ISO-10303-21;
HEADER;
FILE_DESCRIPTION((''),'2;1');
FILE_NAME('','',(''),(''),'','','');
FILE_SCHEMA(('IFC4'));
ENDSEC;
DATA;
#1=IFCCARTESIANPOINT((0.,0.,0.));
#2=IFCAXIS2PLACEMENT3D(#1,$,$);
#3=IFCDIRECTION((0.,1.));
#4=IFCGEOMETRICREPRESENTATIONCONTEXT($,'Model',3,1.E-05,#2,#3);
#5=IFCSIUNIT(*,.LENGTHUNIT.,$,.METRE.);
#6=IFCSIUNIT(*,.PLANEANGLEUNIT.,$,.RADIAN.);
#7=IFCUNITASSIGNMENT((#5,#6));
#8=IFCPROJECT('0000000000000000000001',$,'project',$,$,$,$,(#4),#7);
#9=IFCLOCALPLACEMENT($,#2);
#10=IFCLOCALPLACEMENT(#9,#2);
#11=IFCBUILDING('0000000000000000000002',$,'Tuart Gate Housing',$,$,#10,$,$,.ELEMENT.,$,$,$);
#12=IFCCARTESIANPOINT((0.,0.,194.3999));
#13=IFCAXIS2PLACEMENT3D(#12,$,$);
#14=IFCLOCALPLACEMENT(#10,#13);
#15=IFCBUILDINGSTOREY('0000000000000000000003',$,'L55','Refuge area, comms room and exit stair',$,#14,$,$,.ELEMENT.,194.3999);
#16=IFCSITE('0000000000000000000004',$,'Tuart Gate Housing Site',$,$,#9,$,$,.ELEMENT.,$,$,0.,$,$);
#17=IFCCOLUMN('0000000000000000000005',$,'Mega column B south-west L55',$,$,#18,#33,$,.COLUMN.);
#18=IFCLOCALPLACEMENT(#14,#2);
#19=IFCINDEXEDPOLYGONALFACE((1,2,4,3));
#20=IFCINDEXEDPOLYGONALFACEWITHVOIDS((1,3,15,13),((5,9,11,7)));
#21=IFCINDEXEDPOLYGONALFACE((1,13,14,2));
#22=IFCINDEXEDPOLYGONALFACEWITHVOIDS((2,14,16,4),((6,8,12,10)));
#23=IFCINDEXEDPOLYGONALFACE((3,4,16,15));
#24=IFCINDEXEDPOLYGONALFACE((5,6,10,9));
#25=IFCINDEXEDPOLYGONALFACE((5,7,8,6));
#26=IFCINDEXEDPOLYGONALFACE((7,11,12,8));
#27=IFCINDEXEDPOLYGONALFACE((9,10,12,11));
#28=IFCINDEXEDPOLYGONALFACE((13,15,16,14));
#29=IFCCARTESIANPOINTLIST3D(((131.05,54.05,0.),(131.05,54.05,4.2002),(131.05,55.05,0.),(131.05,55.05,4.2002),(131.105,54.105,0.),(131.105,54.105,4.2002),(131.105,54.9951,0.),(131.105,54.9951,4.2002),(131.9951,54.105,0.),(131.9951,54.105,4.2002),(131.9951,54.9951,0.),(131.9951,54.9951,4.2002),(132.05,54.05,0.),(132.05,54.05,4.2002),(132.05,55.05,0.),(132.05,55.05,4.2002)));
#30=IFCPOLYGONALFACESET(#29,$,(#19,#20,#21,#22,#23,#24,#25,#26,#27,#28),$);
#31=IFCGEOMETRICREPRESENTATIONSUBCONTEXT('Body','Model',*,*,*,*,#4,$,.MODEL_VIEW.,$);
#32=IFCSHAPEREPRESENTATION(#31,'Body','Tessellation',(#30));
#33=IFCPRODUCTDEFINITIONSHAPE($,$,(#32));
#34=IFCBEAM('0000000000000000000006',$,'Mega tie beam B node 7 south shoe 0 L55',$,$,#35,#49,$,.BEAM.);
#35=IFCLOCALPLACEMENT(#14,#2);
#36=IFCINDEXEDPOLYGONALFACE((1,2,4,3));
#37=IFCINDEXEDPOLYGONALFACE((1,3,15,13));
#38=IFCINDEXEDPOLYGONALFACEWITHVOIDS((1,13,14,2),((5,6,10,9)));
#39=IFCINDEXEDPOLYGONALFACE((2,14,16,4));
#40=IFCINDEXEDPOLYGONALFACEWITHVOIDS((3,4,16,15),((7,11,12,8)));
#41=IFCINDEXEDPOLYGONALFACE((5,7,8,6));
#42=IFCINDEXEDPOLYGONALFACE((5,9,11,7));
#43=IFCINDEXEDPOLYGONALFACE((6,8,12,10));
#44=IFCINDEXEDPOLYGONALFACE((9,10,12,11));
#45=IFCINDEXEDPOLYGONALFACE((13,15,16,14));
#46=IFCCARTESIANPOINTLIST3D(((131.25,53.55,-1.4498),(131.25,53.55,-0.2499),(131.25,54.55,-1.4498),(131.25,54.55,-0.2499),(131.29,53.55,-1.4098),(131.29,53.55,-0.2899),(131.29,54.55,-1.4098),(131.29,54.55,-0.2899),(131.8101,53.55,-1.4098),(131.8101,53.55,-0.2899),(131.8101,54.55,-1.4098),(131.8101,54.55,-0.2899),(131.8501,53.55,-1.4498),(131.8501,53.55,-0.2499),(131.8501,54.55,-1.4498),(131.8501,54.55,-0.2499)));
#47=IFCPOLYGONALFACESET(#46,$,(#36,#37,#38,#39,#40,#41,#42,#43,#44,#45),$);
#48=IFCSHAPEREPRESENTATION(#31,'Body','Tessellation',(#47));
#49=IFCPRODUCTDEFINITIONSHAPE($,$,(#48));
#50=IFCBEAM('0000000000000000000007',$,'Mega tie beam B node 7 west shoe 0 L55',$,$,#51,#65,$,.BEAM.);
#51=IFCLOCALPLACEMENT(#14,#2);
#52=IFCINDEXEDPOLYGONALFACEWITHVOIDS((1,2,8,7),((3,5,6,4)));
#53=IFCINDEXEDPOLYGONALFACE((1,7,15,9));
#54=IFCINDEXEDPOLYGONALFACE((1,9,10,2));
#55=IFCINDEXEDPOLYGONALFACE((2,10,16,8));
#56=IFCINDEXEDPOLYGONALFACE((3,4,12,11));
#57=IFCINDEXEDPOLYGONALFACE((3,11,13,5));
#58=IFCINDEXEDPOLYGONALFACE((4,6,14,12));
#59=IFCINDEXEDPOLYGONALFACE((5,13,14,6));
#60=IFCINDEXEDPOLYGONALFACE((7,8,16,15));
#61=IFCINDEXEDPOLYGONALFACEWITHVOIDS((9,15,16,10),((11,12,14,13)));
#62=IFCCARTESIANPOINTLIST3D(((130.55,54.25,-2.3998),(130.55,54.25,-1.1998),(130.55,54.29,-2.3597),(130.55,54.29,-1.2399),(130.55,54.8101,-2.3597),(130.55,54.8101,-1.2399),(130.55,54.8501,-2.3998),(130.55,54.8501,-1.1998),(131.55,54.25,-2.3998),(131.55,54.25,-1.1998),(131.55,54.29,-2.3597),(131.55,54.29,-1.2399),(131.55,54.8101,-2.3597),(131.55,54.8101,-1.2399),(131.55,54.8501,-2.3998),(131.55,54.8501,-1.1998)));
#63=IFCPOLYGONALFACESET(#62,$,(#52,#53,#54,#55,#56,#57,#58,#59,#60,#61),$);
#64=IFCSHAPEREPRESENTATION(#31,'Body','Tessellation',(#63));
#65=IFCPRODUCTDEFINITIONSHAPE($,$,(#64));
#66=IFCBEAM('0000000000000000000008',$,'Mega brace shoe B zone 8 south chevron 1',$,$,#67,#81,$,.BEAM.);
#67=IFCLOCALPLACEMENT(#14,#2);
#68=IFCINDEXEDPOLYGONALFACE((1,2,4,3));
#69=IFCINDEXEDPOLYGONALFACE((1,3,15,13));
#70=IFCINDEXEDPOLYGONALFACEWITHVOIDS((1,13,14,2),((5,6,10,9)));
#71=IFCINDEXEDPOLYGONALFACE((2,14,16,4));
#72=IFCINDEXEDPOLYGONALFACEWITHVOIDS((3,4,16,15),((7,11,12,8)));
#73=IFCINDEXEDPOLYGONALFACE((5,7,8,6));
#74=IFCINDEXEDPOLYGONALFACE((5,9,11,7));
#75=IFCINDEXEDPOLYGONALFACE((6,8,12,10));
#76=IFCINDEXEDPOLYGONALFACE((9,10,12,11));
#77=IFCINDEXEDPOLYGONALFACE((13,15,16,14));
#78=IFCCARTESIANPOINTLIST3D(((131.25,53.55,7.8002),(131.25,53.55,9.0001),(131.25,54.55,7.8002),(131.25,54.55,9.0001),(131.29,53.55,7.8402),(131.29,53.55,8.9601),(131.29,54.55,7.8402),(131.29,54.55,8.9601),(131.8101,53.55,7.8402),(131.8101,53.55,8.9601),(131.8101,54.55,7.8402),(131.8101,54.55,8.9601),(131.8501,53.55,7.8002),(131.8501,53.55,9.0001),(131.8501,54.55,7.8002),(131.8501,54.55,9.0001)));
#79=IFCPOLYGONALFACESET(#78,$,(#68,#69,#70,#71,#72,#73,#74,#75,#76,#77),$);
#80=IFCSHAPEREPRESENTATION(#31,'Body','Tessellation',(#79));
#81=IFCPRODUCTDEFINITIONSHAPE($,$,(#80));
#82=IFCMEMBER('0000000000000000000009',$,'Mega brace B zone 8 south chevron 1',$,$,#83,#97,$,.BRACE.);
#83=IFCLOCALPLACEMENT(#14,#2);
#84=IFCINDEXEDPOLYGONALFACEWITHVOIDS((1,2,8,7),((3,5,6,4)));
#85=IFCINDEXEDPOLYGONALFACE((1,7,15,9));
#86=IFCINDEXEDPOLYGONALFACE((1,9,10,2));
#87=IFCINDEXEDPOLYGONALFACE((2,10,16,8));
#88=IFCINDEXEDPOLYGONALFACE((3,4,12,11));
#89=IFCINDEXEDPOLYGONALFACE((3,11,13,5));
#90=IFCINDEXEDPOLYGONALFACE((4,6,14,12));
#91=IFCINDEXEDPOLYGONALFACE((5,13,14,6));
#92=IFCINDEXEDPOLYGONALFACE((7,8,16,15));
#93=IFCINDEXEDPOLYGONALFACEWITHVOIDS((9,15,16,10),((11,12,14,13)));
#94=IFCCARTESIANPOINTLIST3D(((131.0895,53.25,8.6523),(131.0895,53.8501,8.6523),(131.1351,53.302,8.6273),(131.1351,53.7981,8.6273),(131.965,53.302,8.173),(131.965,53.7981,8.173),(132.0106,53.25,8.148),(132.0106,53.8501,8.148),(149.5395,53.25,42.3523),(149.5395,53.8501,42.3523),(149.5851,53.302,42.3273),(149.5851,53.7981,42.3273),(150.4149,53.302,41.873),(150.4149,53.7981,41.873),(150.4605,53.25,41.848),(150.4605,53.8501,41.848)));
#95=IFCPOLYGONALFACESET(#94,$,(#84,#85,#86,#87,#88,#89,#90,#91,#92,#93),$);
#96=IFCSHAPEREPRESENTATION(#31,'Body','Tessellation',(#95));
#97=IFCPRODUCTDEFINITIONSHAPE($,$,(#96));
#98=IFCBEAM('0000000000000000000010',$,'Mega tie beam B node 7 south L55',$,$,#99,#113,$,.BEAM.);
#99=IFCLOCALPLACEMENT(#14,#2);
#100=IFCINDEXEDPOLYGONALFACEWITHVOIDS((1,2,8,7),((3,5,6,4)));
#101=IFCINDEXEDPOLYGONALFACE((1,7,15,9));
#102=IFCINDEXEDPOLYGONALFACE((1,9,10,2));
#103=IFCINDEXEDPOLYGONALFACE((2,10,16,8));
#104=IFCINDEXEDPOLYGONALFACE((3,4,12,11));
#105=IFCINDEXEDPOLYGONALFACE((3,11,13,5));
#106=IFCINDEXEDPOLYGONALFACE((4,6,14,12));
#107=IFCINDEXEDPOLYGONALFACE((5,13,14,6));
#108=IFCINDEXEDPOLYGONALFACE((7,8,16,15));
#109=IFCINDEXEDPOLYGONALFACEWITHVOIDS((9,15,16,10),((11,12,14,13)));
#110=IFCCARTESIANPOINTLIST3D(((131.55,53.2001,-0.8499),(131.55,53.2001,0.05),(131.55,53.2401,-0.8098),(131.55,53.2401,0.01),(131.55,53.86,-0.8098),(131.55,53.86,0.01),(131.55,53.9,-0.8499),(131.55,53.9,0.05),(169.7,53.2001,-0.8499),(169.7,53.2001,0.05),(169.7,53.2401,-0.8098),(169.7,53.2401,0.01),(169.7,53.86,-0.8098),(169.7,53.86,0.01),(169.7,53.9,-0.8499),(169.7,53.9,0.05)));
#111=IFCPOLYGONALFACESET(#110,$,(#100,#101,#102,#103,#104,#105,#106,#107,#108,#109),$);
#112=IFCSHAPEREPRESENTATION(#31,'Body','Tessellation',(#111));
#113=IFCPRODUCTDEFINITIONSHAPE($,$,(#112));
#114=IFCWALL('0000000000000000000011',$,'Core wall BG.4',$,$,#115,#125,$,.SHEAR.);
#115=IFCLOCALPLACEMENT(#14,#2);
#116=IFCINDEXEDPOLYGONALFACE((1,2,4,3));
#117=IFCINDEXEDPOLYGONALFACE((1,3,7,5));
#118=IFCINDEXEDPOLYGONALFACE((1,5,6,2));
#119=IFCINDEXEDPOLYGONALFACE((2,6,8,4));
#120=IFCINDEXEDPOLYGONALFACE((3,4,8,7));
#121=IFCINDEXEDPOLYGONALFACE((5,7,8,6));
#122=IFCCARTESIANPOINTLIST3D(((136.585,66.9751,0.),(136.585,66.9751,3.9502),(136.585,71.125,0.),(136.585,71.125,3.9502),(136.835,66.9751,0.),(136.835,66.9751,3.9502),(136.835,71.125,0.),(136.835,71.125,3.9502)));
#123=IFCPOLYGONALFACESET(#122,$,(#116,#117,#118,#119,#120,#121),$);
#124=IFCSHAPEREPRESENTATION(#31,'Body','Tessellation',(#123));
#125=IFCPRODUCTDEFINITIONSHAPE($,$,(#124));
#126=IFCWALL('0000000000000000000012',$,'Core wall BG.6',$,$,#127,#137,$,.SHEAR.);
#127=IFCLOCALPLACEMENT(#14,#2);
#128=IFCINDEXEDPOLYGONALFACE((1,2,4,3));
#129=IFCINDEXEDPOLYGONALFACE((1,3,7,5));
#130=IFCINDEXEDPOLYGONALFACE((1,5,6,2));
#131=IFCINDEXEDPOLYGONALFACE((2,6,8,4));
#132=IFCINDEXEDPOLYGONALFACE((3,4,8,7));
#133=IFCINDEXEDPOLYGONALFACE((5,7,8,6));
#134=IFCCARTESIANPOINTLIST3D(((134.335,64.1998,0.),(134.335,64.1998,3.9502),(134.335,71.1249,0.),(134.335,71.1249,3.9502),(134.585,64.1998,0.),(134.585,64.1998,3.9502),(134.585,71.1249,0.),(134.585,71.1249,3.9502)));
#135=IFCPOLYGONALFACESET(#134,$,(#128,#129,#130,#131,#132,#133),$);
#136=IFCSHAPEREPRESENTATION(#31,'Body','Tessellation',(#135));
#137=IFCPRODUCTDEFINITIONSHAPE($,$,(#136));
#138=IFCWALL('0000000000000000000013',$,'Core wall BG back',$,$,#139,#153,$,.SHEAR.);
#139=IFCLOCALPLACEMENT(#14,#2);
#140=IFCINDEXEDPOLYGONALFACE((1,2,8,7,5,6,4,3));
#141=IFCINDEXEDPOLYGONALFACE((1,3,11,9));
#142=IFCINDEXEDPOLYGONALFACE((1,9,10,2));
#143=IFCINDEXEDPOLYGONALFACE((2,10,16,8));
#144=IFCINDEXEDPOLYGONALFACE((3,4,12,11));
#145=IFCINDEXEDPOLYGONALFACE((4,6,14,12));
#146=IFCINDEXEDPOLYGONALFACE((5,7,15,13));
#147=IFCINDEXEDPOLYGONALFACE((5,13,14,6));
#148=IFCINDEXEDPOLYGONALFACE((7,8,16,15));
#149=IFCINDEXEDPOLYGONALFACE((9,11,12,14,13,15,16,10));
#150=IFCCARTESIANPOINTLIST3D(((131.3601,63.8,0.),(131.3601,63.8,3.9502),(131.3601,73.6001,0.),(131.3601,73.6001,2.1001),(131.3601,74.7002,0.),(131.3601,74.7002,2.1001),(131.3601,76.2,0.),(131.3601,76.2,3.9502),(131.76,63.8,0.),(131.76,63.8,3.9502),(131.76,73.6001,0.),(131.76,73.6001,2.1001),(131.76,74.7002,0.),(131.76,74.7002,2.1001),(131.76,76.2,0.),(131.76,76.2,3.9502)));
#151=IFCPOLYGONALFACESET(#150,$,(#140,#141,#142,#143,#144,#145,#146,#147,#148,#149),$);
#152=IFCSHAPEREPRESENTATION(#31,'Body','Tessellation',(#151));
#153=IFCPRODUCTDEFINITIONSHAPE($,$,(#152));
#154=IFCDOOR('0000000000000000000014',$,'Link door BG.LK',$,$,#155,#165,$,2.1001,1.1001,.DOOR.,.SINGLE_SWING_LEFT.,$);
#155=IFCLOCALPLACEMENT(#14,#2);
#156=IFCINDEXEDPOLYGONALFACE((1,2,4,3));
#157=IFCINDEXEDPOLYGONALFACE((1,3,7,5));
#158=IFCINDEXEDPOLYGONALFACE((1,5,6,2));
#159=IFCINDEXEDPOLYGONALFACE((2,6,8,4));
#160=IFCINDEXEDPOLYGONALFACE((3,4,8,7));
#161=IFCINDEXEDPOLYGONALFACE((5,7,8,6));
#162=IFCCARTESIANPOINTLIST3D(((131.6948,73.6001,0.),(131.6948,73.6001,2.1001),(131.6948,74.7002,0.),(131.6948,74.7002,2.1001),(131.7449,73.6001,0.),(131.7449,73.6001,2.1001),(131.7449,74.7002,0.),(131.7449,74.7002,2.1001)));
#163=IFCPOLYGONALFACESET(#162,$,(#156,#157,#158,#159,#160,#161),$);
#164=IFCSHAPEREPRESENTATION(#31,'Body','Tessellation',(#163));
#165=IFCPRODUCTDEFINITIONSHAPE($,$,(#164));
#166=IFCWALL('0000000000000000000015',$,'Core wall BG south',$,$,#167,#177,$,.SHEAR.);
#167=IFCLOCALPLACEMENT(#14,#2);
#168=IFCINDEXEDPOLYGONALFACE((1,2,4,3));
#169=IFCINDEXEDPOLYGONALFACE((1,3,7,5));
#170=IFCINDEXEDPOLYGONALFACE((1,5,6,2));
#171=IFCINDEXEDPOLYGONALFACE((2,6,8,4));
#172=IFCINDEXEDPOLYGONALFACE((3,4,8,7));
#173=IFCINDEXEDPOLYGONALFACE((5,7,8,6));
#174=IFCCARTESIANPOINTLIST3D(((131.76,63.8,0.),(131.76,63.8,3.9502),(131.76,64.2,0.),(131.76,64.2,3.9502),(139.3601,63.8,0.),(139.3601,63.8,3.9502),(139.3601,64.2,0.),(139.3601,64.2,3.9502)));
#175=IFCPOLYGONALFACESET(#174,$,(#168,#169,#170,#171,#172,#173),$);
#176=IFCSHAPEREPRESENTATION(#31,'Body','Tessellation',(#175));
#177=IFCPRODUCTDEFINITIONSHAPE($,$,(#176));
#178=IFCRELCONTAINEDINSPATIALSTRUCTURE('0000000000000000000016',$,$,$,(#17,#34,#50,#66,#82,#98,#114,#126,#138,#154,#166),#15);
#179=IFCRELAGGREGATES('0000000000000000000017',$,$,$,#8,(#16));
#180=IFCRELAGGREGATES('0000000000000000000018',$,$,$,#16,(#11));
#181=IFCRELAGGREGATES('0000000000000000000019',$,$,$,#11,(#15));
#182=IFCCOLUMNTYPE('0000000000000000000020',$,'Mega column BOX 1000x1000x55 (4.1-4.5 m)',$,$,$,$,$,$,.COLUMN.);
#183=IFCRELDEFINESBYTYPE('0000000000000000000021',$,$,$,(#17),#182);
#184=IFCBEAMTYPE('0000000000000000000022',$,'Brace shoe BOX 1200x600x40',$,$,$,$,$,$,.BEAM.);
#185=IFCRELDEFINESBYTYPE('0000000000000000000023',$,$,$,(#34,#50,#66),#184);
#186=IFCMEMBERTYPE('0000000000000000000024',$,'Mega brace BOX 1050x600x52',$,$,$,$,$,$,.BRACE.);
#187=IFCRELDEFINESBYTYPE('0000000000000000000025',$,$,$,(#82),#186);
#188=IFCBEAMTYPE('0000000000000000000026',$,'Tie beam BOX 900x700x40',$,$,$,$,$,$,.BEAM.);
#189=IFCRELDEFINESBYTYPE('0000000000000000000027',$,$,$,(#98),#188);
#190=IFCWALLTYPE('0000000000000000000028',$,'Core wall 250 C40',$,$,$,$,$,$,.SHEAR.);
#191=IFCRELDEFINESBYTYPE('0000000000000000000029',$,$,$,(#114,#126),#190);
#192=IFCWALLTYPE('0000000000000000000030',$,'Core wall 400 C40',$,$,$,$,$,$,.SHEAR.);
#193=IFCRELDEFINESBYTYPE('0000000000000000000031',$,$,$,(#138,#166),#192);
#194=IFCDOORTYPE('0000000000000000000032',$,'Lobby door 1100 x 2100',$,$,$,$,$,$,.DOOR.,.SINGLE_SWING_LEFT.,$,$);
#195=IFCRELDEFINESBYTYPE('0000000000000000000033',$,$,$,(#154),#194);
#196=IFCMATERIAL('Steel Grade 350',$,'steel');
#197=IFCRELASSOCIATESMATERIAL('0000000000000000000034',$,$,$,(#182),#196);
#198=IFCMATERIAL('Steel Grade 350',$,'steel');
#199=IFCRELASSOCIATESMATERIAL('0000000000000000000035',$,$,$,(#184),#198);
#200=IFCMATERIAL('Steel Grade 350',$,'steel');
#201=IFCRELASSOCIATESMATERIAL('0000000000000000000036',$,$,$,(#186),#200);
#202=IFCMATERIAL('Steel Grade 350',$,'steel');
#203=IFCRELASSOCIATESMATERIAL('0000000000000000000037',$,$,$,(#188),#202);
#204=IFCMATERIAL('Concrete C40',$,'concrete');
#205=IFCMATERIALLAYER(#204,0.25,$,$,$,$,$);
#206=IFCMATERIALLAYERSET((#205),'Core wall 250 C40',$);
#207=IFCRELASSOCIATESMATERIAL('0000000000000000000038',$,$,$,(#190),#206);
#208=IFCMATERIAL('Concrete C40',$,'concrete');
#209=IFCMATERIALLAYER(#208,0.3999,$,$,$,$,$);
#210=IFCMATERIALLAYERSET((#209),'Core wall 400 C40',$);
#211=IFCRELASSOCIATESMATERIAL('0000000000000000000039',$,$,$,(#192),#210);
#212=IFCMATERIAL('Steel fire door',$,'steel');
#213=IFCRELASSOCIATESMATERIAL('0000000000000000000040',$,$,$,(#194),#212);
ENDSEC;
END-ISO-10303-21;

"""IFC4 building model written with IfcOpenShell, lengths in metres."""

from ifc_helpers import new_model, si_unit, direction, frame, frame_2d, origin, origin_2d, place, context, subcontext, project, spatial, rectangle, hollow_rectangle, extrude, material, layer, layer_set, material_profile, profile_set, type_object, element, fill, save


model = new_model("IFC4")

# Units and contexts
model_context = context("Model", 3, precision=1e-05, world=origin(), true_north=direction((0.0, 1.0)))
body_context = subcontext(model_context, "Body", "Model", "MODEL_VIEW")
ifc_project = project(units=[si_unit("LENGTHUNIT", "METRE"), si_unit("PLANEANGLEUNIT", "RADIAN")], contexts=[model_context])

# Site, building, storey
site_placement = place(None, origin())
site = spatial("IfcSite", under=ifc_project, at=site_placement, Name="Tuart Gate Housing Site", CompositionType="ELEMENT", RefElevation=0.0)
building_placement = place(site_placement, origin())
building = spatial("IfcBuilding", under=site, at=building_placement, Name="Tuart Gate Housing", CompositionType="ELEMENT")
storey_placement = place(building_placement, frame((0.0, 0.0, 194.3999)))
storey = spatial("IfcBuildingStorey", under=building, at=storey_placement, Name="L55", Description="Refuge area, comms room and exit stair", CompositionType="ELEMENT", Elevation=194.3999)

# Column
ifc_material_1 = material(Name="Steel Grade 350", Category="steel")
ifc_material_profile_1 = material_profile(ifc_material_1, hollow_rectangle(XDim=1.0, YDim=1.0, WallThickness=0.0549, at=origin_2d()), Name="BOX 1000x1000x55")
ifc_profile_set_1 = profile_set([ifc_material_profile_1], Name="Steel Grade 350")
column_type = type_object("IfcColumnType", Name="Mega column BOX 1000x1000x55 (4.1-4.5 m)", PredefinedType="COLUMN", material=ifc_profile_set_1)
column_placement = place(storey_placement, frame((131.55, 54.55, 0.0), z_axis=(0.0, 0.0, 1.0), x_axis=(1.0, 0.0, 0.0)))
element("IfcColumn", 1, at=column_placement, inside=storey, type_object=column_type, Name="Mega column B south-west L55", PredefinedType="COLUMN", context=body_context, shape_type="SweptSolid", body=[
    extrude(hollow_rectangle(XDim=1.0, YDim=1.0, WallThickness=0.0549, at=origin_2d()), origin(), (0.0, 0.0, 1.0), 4.2002),
])

# Beams
ifc_material_2 = material(Name="Steel Grade 350", Category="steel")
ifc_material_profile_2 = material_profile(ifc_material_2, hollow_rectangle(XDim=0.6001, YDim=1.2, WallThickness=0.04, at=origin_2d()), Name="BOX 1200x600x40")
ifc_profile_set_2 = profile_set([ifc_material_profile_2], Name="Steel Grade 350")
beam_type_1 = type_object("IfcBeamType", Name="Brace shoe BOX 1200x600x40", PredefinedType="BEAM", material=ifc_profile_set_2)
for number, where, z_axis, x_axis, name in (
    (2, (131.55, 54.55, -0.8499), (0.0, -1.0, 0.0), (1.0, 0.0, 0.0), "Mega tie beam B node 7 south shoe 0 L55"),
    (3, (131.55, 54.55, -1.7998), (-1.0, 0.0, 0.0), (0.0, -1.0, 0.0), "Mega tie beam B node 7 west shoe 0 L55"),
    (4, (131.55, 54.55, 8.4001), (0.0, -1.0, 0.0), (1.0, 0.0, 0.0), "Mega brace shoe B zone 8 south chevron 1"),
):
    element("IfcBeam", number, at=place(storey_placement, frame(where, z_axis=z_axis, x_axis=x_axis)), inside=storey, type_object=beam_type_1, Name=name, PredefinedType="BEAM", context=body_context, shape_type="SweptSolid", body=[
        extrude(hollow_rectangle(XDim=0.6001, YDim=1.2, WallThickness=0.04, at=origin_2d()), origin(), (0.0, 0.0, 1.0), 1.0),
    ])

# Member
ifc_material_3 = material(Name="Steel Grade 350", Category="steel")
ifc_material_profile_3 = material_profile(ifc_material_3, hollow_rectangle(XDim=0.6001, YDim=1.05, WallThickness=0.052, at=origin_2d()), Name="BOX 1050x600x52")
ifc_profile_set_3 = profile_set([ifc_material_profile_3], Name="Steel Grade 350")
member_type = type_object("IfcMemberType", Name="Mega brace BOX 1050x600x52", PredefinedType="BRACE", material=ifc_profile_set_3)
member_placement = place(storey_placement, frame((131.55, 53.55, 8.4001), z_axis=(0.480219, 0.0, 0.877149), x_axis=(0.0, 1.0, 0.0)))
element("IfcMember", 5, at=member_placement, inside=storey, type_object=member_type, Name="Mega brace B zone 8 south chevron 1", PredefinedType="BRACE", context=body_context, shape_type="SweptSolid", body=[
    extrude(hollow_rectangle(XDim=0.6001, YDim=1.05, WallThickness=0.052, at=origin_2d()), origin(), (0.0, 0.0, 1.0), 38.4199),
])

# Beam
ifc_material_4 = material(Name="Steel Grade 350", Category="steel")
ifc_material_profile_4 = material_profile(ifc_material_4, hollow_rectangle(XDim=0.7, YDim=0.8999, WallThickness=0.04, at=origin_2d()), Name="BOX 900x700x40")
ifc_profile_set_4 = profile_set([ifc_material_profile_4], Name="Steel Grade 350")
beam_type_2 = type_object("IfcBeamType", Name="Tie beam BOX 900x700x40", PredefinedType="BEAM", material=ifc_profile_set_4)
beam_placement = place(storey_placement, frame((131.55, 53.55, -0.3999), z_axis=(1.0, 0.0, 0.0), x_axis=(0.0, 1.0, 0.0)))
element("IfcBeam", 6, at=beam_placement, inside=storey, type_object=beam_type_2, Name="Mega tie beam B node 7 south L55", PredefinedType="BEAM", context=body_context, shape_type="SweptSolid", body=[
    extrude(hollow_rectangle(XDim=0.7, YDim=0.8999, WallThickness=0.04, at=origin_2d()), origin(), (0.0, 0.0, 1.0), 38.1499),
])

# Walls
ifc_material_5 = material(Name="Concrete C40", Category="concrete")
ifc_layer_1 = layer(ifc_material_5, 0.25)
ifc_layer_set_1 = layer_set([ifc_layer_1], Name="Core wall 250 C40")
wall_type_1 = type_object("IfcWallType", Name="Core wall 250 C40", PredefinedType="SHEAR", material=ifc_layer_set_1)
wall_1_placement = place(storey_placement, frame((136.71, 66.9751, 0.0), z_axis=(0.0, 0.0, 1.0), x_axis=(0.0, 1.0, 0.0)))
element("IfcWall", 7, at=wall_1_placement, inside=storey, type_object=wall_type_1, Name="Core wall BG.4", PredefinedType="SHEAR", context=body_context, shape_type="SweptSolid", body=[
    extrude(rectangle(XDim=4.1499, YDim=0.25, at=frame_2d((2.075, 0.0))), origin(), (0.0, 0.0, 1.0), 3.9502),
])
wall_2_placement = place(storey_placement, frame((134.46, 64.2, 0.0), z_axis=(0.0, 0.0, 1.0), x_axis=(0.0, 1.0, 0.0)))
element("IfcWall", 8, at=wall_2_placement, inside=storey, type_object=wall_type_1, Name="Core wall BG.6", PredefinedType="SHEAR", context=body_context, shape_type="SweptSolid", body=[
    extrude(rectangle(XDim=6.925, YDim=0.25, at=frame_2d((3.4624, 0.0))), origin(), (0.0, 0.0, 1.0), 3.9502),
])

# Wall, opening, door
ifc_material_6 = material(Name="Concrete C40", Category="concrete")
ifc_layer_2 = layer(ifc_material_6, 0.3999)
ifc_layer_set_2 = layer_set([ifc_layer_2], Name="Core wall 400 C40")
wall_type_2 = type_object("IfcWallType", Name="Core wall 400 C40", PredefinedType="SHEAR", material=ifc_layer_set_2)
wall_3_placement = place(storey_placement, frame((131.5601, 63.8, 0.0), z_axis=(0.0, 0.0, 1.0), x_axis=(0.0, 1.0, 0.0)))
wall_3 = element("IfcWall", 9, at=wall_3_placement, inside=storey, type_object=wall_type_2, Name="Core wall BG back", PredefinedType="SHEAR", context=body_context, shape_type="SweptSolid", body=[
    extrude(rectangle(XDim=12.3999, YDim=0.3999, at=frame_2d((6.2, 0.0))), origin(), (0.0, 0.0, 1.0), 3.9502),
])
opening_1_placement = place(wall_3_placement, frame((9.8, 0.0, 0.0)))
opening_1 = element("IfcOpeningElement", 10, at=opening_1_placement, cuts=wall_3, PredefinedType="OPENING", context=body_context, shape_type="SweptSolid", body=[
    extrude(rectangle(XDim=1.1001, YDim=2.1001, at=frame_2d((0.55, 1.05))), frame((0.0, 0.21, 0.0), z_axis=(0.0, -1.0, 0.0), x_axis=(1.0, 0.0, 0.0)), (0.0, 0.0, 1.0), 0.4199),
])
ifc_material_7 = material(Name="Steel fire door", Category="steel")
door_type = type_object("IfcDoorType", Name="Lobby door 1100 x 2100", OperationType="SINGLE_SWING_LEFT", PredefinedType="DOOR", material=ifc_material_7)
door_placement = place(opening_1_placement, frame((1.1001, 0.0, 0.0), z_axis=(0.0, 0.0, 1.0), x_axis=(-1.0, 0.0, 0.0)))
door = element("IfcDoor", 11, at=door_placement, inside=storey, type_object=door_type, Name="Link door BG.LK", OperationType="SINGLE_SWING_LEFT", OverallHeight=2.1001, OverallWidth=1.1001, PredefinedType="DOOR", context=body_context, shape_type="SweptSolid", body=[
    extrude(rectangle(XDim=1.1001, YDim=2.1001, at=frame_2d((0.55, 1.05))), frame((0.0, 0.1848, 0.0), z_axis=(0.0, -1.0, 0.0), x_axis=(1.0, 0.0, 0.0)), (0.0, 0.0, 1.0), 0.05),
])
fill(opening_1, door)

# Wall
wall_4_placement = place(storey_placement, frame((139.3601, 64.0, 0.0), z_axis=(0.0, 0.0, 1.0), x_axis=(-1.0, 0.0, 0.0)))
element("IfcWall", 12, at=wall_4_placement, inside=storey, type_object=wall_type_2, Name="Core wall BG south", PredefinedType="SHEAR", context=body_context, shape_type="SweptSolid", body=[
    extrude(rectangle(XDim=7.6001, YDim=0.3999, at=frame_2d((3.8, 0.0))), origin(), (0.0, 0.0, 1.0), 3.9502),
])

save(model, "model.ifc")
